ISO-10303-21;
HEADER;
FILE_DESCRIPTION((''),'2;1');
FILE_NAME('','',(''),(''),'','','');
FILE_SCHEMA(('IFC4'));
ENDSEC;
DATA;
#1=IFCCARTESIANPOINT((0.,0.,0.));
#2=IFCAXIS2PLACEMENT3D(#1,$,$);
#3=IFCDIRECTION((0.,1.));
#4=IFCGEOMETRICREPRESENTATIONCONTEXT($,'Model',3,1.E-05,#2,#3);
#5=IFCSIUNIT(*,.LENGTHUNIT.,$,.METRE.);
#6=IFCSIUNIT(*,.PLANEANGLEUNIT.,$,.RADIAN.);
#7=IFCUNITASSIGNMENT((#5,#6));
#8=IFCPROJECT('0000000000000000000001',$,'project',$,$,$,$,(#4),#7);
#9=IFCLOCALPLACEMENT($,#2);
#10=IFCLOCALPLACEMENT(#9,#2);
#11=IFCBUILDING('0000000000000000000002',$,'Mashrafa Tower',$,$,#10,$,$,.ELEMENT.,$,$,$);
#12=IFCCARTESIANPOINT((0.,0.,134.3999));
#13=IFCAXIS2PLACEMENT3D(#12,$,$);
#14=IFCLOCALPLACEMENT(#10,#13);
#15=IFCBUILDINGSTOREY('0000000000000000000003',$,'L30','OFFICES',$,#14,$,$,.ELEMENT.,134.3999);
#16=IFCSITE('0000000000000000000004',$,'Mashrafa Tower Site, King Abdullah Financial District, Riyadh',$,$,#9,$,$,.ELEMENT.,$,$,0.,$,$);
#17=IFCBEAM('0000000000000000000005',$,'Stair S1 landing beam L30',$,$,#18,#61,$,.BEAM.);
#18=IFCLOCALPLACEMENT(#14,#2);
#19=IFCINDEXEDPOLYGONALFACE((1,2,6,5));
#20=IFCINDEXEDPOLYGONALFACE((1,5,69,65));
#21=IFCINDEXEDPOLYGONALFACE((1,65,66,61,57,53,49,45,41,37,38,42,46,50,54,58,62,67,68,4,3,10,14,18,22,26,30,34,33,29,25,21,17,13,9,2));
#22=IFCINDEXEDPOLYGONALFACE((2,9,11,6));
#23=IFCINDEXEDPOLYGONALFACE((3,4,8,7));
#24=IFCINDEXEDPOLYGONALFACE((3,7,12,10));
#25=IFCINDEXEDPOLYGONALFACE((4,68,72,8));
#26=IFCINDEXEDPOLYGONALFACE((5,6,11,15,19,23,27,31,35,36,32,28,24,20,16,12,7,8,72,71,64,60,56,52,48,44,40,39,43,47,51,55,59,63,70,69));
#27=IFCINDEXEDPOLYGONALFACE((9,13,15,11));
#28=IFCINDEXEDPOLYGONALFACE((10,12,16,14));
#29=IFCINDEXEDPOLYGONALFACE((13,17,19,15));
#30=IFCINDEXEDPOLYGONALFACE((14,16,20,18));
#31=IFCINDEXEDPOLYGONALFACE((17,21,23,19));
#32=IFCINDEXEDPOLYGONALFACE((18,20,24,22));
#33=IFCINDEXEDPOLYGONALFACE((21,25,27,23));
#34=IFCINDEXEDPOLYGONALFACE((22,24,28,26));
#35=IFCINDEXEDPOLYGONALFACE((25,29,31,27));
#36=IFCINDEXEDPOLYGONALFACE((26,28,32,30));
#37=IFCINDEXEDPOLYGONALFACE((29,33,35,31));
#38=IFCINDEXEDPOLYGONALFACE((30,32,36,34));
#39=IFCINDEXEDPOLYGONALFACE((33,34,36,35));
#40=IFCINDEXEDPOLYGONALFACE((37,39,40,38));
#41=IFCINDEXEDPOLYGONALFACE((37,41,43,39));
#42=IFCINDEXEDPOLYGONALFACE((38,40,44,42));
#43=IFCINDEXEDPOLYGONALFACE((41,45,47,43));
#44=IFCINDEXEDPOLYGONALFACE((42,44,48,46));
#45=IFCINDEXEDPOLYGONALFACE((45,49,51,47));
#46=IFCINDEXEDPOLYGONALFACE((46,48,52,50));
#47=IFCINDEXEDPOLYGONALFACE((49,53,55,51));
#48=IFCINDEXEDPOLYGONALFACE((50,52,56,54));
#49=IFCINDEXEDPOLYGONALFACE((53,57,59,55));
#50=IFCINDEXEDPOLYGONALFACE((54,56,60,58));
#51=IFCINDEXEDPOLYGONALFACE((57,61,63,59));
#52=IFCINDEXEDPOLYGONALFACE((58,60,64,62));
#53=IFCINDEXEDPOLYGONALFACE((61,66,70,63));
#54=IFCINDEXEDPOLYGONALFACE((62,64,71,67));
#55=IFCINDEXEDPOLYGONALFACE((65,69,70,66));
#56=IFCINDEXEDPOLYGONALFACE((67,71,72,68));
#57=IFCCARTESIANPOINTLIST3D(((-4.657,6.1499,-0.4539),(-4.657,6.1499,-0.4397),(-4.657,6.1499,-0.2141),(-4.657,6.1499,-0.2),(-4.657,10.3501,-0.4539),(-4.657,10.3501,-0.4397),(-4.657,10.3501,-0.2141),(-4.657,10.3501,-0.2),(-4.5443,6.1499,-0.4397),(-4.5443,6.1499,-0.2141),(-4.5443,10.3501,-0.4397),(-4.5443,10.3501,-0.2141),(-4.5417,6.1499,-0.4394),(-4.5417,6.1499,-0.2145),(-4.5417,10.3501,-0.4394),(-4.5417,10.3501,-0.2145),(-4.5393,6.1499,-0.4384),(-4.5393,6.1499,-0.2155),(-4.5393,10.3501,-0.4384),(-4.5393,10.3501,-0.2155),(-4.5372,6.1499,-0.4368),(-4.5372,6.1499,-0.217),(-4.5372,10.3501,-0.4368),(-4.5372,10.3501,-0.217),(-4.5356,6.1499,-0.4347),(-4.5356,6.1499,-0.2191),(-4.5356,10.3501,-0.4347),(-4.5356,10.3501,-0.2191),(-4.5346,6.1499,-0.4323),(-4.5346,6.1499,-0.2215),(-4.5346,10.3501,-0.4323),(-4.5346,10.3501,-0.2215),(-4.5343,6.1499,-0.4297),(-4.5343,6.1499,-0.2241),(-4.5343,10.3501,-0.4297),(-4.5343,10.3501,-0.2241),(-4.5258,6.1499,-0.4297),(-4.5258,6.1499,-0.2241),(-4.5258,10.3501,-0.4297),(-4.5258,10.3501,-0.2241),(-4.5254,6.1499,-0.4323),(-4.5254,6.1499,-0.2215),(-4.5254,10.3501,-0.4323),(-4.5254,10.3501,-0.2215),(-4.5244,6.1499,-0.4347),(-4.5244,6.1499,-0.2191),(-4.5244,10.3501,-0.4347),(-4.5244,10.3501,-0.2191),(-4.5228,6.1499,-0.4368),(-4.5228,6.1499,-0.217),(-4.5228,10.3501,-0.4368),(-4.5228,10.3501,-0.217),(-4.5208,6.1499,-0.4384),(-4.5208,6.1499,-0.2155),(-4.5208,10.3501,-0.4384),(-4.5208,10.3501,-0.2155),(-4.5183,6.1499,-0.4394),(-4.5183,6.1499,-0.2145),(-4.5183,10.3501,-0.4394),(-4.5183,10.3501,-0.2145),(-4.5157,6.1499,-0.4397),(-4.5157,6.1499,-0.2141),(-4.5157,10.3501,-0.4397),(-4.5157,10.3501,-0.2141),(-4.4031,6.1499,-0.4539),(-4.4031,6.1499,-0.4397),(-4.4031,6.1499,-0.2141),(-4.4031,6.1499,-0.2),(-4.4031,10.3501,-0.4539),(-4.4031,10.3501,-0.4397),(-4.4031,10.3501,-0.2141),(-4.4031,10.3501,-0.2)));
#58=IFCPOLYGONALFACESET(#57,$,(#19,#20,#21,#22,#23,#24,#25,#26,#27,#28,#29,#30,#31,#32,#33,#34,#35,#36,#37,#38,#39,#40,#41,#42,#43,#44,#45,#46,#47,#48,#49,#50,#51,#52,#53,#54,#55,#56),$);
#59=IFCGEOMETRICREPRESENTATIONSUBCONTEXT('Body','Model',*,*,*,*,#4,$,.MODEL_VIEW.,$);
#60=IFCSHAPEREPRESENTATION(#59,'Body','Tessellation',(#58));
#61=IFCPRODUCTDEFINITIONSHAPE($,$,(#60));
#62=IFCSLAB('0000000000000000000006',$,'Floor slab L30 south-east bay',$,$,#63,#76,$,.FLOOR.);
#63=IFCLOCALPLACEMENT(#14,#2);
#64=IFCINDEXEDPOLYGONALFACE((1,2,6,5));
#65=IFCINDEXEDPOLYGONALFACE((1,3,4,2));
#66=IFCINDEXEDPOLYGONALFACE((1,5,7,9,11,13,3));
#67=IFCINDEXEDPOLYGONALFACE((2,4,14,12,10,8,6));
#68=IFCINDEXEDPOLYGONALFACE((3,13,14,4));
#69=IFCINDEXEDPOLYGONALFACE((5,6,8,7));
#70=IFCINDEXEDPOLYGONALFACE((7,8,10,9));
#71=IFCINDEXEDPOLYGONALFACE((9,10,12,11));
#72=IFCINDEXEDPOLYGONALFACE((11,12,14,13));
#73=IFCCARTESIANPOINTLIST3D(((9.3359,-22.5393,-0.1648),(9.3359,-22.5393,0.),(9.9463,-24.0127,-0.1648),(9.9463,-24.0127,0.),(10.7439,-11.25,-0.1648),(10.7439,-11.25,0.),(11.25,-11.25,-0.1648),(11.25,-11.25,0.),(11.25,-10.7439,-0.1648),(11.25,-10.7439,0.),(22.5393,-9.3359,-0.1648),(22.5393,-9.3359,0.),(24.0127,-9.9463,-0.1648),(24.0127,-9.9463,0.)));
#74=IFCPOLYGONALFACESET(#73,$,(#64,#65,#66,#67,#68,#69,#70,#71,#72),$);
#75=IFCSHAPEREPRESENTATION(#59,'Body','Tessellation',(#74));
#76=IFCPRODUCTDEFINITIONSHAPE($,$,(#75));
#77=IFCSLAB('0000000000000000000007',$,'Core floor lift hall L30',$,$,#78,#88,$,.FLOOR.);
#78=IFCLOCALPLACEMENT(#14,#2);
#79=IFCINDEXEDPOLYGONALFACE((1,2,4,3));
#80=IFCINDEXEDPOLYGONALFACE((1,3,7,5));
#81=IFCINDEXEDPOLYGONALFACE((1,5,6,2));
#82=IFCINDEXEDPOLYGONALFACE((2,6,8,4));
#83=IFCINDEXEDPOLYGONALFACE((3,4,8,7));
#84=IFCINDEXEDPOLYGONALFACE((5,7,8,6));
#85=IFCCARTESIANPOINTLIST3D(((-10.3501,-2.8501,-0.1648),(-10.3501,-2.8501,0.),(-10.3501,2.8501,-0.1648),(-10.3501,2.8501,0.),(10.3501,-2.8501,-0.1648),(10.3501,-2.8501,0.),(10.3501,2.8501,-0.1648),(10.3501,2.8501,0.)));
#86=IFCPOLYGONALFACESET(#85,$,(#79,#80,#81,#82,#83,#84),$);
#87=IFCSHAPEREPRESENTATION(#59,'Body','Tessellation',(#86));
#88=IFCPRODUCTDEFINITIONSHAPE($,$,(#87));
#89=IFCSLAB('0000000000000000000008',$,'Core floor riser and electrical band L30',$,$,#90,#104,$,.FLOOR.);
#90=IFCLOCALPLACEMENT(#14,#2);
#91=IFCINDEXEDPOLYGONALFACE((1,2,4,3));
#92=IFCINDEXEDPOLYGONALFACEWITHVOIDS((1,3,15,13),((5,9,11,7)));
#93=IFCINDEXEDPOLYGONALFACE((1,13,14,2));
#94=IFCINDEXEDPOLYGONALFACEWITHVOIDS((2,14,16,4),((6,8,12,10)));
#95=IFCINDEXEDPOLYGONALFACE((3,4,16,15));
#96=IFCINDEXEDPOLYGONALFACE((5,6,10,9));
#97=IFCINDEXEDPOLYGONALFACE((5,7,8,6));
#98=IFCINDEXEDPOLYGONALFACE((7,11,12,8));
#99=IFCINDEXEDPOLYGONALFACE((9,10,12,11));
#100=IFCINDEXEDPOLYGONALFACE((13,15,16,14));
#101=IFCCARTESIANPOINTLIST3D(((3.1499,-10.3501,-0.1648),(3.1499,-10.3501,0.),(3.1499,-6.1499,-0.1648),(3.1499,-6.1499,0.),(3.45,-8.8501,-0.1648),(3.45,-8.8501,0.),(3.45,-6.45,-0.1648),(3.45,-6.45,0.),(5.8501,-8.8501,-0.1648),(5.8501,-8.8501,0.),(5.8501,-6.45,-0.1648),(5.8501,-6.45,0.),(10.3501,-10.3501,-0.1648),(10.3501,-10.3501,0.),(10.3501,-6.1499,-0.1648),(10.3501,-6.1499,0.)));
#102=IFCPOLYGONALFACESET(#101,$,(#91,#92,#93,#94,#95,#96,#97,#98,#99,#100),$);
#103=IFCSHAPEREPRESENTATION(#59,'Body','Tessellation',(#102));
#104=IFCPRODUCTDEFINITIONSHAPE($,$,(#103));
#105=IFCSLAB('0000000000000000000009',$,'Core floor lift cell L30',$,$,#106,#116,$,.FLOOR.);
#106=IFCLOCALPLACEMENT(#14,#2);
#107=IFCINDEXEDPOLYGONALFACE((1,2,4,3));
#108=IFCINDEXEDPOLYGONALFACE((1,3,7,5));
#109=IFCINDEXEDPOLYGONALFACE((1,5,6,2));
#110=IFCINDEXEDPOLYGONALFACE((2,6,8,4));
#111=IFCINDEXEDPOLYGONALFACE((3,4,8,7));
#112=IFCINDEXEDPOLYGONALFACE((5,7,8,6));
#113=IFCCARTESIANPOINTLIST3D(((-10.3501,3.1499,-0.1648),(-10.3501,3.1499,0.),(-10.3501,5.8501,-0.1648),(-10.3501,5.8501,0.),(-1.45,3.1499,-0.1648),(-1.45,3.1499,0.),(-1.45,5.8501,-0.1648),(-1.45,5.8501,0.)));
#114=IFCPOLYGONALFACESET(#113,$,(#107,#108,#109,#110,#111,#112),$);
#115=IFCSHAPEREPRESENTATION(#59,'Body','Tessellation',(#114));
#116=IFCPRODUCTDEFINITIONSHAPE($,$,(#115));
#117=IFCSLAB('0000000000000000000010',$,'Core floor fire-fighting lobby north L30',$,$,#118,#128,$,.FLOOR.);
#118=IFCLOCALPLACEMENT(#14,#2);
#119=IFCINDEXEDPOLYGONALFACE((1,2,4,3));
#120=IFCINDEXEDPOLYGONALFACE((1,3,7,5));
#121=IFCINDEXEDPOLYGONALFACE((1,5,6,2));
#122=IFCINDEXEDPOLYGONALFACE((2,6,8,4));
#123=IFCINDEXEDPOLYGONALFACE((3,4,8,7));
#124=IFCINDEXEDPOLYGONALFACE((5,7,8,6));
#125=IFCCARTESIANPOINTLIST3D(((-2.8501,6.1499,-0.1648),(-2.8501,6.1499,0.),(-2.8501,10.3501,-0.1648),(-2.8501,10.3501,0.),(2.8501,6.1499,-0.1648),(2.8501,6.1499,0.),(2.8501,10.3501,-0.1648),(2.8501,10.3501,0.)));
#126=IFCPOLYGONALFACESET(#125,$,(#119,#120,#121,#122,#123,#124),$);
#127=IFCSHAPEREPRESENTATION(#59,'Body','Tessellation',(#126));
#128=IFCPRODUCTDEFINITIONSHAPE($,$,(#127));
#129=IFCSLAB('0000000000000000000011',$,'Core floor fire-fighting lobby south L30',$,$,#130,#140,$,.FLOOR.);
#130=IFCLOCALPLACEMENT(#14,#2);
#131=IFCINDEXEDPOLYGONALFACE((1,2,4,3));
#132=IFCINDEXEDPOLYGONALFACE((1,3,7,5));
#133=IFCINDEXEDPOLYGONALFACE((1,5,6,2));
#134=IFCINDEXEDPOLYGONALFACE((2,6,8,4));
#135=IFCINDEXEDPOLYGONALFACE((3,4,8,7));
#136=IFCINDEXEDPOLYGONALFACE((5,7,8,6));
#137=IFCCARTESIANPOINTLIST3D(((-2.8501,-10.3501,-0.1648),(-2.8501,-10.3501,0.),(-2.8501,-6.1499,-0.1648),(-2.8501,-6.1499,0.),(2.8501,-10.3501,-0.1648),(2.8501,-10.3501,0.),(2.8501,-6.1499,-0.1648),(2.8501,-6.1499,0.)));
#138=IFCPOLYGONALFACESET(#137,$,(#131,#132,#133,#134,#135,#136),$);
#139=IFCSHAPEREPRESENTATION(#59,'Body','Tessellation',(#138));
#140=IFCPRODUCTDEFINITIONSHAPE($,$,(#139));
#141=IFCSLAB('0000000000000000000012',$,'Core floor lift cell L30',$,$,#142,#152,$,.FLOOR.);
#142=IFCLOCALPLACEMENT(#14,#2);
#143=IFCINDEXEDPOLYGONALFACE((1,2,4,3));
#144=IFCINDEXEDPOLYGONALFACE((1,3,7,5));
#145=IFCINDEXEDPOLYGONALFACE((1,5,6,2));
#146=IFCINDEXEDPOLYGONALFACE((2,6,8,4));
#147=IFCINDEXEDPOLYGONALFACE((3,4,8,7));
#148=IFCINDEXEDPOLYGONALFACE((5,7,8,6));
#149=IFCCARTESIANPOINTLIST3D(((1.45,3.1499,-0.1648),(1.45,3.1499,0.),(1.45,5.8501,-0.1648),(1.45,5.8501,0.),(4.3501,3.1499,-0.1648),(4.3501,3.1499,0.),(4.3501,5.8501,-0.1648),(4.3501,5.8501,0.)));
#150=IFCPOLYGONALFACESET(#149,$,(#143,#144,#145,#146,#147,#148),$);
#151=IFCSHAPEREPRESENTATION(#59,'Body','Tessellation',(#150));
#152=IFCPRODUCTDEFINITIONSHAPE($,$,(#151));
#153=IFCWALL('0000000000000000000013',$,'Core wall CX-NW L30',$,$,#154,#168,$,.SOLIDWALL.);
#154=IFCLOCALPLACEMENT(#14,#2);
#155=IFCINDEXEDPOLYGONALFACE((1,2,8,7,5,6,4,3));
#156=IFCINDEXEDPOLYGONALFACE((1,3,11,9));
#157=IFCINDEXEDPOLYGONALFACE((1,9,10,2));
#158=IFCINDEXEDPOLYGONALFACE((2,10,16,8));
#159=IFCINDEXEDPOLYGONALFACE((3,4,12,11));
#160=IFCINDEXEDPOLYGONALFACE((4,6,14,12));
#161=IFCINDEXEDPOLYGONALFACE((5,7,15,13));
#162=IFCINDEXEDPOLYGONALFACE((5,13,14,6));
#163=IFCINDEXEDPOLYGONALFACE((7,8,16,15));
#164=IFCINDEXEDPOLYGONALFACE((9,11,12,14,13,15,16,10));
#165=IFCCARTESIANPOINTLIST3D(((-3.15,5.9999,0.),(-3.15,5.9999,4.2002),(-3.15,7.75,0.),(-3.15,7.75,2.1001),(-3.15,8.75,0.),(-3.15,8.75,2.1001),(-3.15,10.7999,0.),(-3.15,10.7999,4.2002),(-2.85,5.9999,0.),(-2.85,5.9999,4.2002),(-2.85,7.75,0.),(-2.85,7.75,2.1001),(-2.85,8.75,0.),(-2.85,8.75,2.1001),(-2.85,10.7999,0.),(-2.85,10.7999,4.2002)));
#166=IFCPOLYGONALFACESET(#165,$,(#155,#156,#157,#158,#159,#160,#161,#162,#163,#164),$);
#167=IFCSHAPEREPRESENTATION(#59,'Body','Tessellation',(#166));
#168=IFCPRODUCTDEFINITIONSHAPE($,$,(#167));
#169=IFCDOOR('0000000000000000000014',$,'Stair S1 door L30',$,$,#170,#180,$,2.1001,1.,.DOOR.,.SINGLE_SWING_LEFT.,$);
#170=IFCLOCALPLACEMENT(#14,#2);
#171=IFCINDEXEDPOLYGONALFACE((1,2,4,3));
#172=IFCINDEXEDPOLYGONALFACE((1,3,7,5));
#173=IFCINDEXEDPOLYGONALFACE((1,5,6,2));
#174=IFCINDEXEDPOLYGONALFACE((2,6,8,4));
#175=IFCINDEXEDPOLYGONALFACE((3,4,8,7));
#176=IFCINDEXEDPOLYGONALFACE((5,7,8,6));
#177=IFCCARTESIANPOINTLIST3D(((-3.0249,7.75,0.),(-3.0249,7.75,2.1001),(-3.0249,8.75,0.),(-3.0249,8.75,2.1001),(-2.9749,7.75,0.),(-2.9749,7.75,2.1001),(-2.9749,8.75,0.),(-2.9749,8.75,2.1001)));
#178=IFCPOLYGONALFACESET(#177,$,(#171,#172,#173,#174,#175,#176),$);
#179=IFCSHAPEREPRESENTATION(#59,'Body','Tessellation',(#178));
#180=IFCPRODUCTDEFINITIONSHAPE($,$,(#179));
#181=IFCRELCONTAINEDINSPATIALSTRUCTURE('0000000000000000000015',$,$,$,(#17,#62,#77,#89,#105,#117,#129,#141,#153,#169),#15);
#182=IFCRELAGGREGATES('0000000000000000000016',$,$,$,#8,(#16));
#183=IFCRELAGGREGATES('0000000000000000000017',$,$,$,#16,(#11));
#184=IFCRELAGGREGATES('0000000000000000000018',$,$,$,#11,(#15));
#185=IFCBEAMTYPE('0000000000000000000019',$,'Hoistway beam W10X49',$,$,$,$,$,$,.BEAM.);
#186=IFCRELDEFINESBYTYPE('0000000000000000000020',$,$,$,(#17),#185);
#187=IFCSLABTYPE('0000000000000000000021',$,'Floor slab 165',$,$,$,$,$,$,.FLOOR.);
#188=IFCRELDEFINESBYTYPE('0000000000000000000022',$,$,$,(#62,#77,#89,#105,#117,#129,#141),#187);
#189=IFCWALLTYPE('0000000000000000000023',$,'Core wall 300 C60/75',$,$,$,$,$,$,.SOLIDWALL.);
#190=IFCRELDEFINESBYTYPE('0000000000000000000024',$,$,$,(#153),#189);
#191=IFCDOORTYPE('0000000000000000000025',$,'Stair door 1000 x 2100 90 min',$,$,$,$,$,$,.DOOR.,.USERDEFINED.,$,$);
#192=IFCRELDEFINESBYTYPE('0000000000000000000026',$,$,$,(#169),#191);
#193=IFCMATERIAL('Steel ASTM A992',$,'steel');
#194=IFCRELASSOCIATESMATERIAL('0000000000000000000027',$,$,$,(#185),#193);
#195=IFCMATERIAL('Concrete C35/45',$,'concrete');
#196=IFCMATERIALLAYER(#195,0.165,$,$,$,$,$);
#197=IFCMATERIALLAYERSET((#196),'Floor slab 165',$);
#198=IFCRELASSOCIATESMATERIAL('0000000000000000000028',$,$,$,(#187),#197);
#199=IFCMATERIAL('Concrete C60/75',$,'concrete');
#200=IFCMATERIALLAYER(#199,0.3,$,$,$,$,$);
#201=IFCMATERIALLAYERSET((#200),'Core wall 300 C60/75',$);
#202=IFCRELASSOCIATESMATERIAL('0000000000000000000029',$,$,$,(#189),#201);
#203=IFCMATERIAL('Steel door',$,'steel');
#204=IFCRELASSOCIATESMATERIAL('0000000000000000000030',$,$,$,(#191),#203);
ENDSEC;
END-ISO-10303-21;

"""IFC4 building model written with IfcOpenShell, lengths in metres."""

from ifc_helpers import new_model, si_unit, direction, frame, frame_2d, origin, origin_2d, place, context, subcontext, project, spatial, polyline, rectangle, i_section, outline, extrude, material, layer, layer_set, material_profile, profile_set, type_object, element, fill, save


model = new_model("IFC4")

# Units and contexts
model_context = context("Model", 3, precision=1e-05, world=origin(), true_north=direction((0.0, 1.0)))
body_context = subcontext(model_context, "Body", "Model", "MODEL_VIEW")
ifc_project = project(units=[si_unit("LENGTHUNIT", "METRE"), si_unit("PLANEANGLEUNIT", "RADIAN")], contexts=[model_context])

# Site, building, storey
site_placement = place(None, origin())
site = spatial("IfcSite", under=ifc_project, at=site_placement, Name="Mashrafa Tower Site, King Abdullah Financial District, Riyadh", CompositionType="ELEMENT", RefElevation=0.0)
building_placement = place(site_placement, origin())
building = spatial("IfcBuilding", under=site, at=building_placement, Name="Mashrafa Tower", CompositionType="ELEMENT")
storey_placement = place(building_placement, frame((0.0, 0.0, 134.3999)))
storey = spatial("IfcBuildingStorey", under=building, at=storey_placement, Name="L30", Description="OFFICES", CompositionType="ELEMENT", Elevation=134.3999)

# Beam
ifc_material_1 = material(Name="Steel ASTM A992", Category="steel")
ifc_material_profile = material_profile(ifc_material_1, i_section(OverallWidth=0.2539, OverallDepth=0.2539, WebThickness=0.0085, FlangeThickness=0.0142, FilletRadius=0.01, at=origin_2d()), Name="W10X49")
ifc_profile_set = profile_set([ifc_material_profile], Name="Steel ASTM A992")
beam_type = type_object("IfcBeamType", Name="Hoistway beam W10X49", PredefinedType="BEAM", material=ifc_profile_set)
beam_placement = place(storey_placement, frame((-4.53, 6.1499, -0.3269), z_axis=(0.0, 1.0, 0.0), x_axis=(-1.0, 0.0, 0.0)))
element("IfcBeam", 1, at=beam_placement, inside=storey, type_object=beam_type, Name="Stair S1 landing beam L30", PredefinedType="BEAM", context=body_context, shape_type="SweptSolid", body=[
    extrude(i_section(OverallWidth=0.2539, OverallDepth=0.2539, WebThickness=0.0085, FlangeThickness=0.0142, FilletRadius=0.01, at=origin_2d()), origin(), (0.0, 0.0, 1.0), 4.2002),
])

# Slabs
ifc_material_2 = material(Name="Concrete C35/45", Category="concrete")
ifc_layer_1 = layer(ifc_material_2, 0.165)
ifc_layer_set_1 = layer_set([ifc_layer_1], Name="Floor slab 165")
slab_type = type_object("IfcSlabType", Name="Floor slab 165", PredefinedType="FLOOR", material=ifc_layer_set_1)
slab_1_placement = place(storey_placement, frame((0.0, 0.0, -0.1648)))
element("IfcSlab", 2, at=slab_1_placement, inside=storey, type_object=slab_type, Name="Floor slab L30 south-east bay", PredefinedType="FLOOR", context=body_context, shape_type="SweptSolid", body=[
    extrude(outline(polyline([(9.9463, -24.0127), (9.3359, -22.5393), (10.7439, -11.25), (11.25, -11.25), (11.25, -10.7439), (22.5393, -9.3359), (24.0127, -9.9463), (24.0127, -9.9463), (9.9463, -24.0127), (9.9463, -24.0127)])), origin(), (0.0, 0.0, 1.0), 0.1648),
])
slab_2_placement = place(storey_placement, frame((0.0, 0.0, -0.1648)))
element("IfcSlab", 3, at=slab_2_placement, inside=storey, type_object=slab_type, Name="Core floor lift hall L30", PredefinedType="FLOOR", context=body_context, shape_type="SweptSolid", body=[
    extrude(outline(polyline([(-10.3501, 2.8501), (10.3501, 2.8501), (10.3501, -2.8501), (-10.3501, -2.8501), (-10.3501, 2.8501)])), origin(), (0.0, 0.0, 1.0), 0.1648),
])
slab_3_placement = place(storey_placement, frame((0.0, 0.0, -0.1648)))
element("IfcSlab", 4, at=slab_3_placement, inside=storey, type_object=slab_type, Name="Core floor riser and electrical band L30", PredefinedType="FLOOR", context=body_context, shape_type="SweptSolid", body=[
    extrude(outline(polyline([(10.3501, -6.1499), (10.3501, -10.3501), (3.1499, -10.3501), (3.1499, -6.1499), (10.3501, -6.1499)]), holes=[polyline([(3.45, -8.8501), (5.8501, -8.8501), (5.8501, -6.45), (3.45, -6.45), (3.45, -8.8501)])]), origin(), (0.0, 0.0, 1.0), 0.1648),
])
slab_4_placement = place(storey_placement, frame((0.0, 0.0, -0.1648)))
element("IfcSlab", 5, at=slab_4_placement, inside=storey, type_object=slab_type, Name="Core floor lift cell L30", PredefinedType="FLOOR", context=body_context, shape_type="SweptSolid", body=[
    extrude(outline(polyline([(-1.45, 3.1499), (-10.3501, 3.1499), (-10.3501, 5.8501), (-1.45, 5.8501), (-1.45, 3.1499)])), origin(), (0.0, 0.0, 1.0), 0.1648),
])
slab_5_placement = place(storey_placement, frame((0.0, 0.0, -0.1648)))
element("IfcSlab", 6, at=slab_5_placement, inside=storey, type_object=slab_type, Name="Core floor fire-fighting lobby north L30", PredefinedType="FLOOR", context=body_context, shape_type="SweptSolid", body=[
    extrude(outline(polyline([(-2.8501, 10.3501), (2.8501, 10.3501), (2.8501, 6.1499), (-2.8501, 6.1499), (-2.8501, 10.3501)])), origin(), (0.0, 0.0, 1.0), 0.1648),
])
slab_6_placement = place(storey_placement, frame((0.0, 0.0, -0.1648)))
element("IfcSlab", 7, at=slab_6_placement, inside=storey, type_object=slab_type, Name="Core floor fire-fighting lobby south L30", PredefinedType="FLOOR", context=body_context, shape_type="SweptSolid", body=[
    extrude(outline(polyline([(2.8501, -6.1499), (2.8501, -10.3501), (-2.8501, -10.3501), (-2.8501, -6.1499), (2.8501, -6.1499)])), origin(), (0.0, 0.0, 1.0), 0.1648),
])
slab_7_placement = place(storey_placement, frame((0.0, 0.0, -0.1648)))
element("IfcSlab", 8, at=slab_7_placement, inside=storey, type_object=slab_type, Name="Core floor lift cell L30", PredefinedType="FLOOR", context=body_context, shape_type="SweptSolid", body=[
    extrude(outline(polyline([(4.3501, 5.8501), (4.3501, 3.1499), (1.45, 3.1499), (1.45, 5.8501), (4.3501, 5.8501)])), origin(), (0.0, 0.0, 1.0), 0.1648),
])

# Wall, opening, door
ifc_material_3 = material(Name="Concrete C60/75", Category="concrete")
ifc_layer_2 = layer(ifc_material_3, 0.3)
ifc_layer_set_2 = layer_set([ifc_layer_2], Name="Core wall 300 C60/75")
wall_type_1 = type_object("IfcWallType", Name="Core wall 300 C60/75", PredefinedType="SOLIDWALL", material=ifc_layer_set_2)
wall_placement = place(storey_placement, frame((-3.0, 6.0, 0.0), z_axis=(0.0, 0.0, 1.0), x_axis=(0.0, 1.0, 0.0)))
wall = element("IfcWall", 9, at=wall_placement, inside=storey, type_object=wall_type_1, Name="Core wall CX-NW L30", PredefinedType="SOLIDWALL", context=body_context, shape_type="SweptSolid", body=[
    extrude(rectangle(XDim=4.8, YDim=0.3, at=frame_2d((2.3999, 0.0))), origin(), (0.0, 0.0, 1.0), 4.2002),
])
opening_placement = place(wall_placement, frame((1.75, 0.0, 0.0)))
opening = element("IfcOpeningElement", 10, at=opening_placement, cuts=wall, PredefinedType="OPENING", context=body_context, shape_type="SweptSolid", body=[
    extrude(rectangle(XDim=1.0, YDim=2.1001, at=frame_2d((0.5, 1.05))), frame((0.0, 0.1599, 0.0), z_axis=(0.0, -1.0, 0.0), x_axis=(1.0, 0.0, 0.0)), (0.0, 0.0, 1.0), 0.3201),
])
ifc_material_4 = material(Name="Steel door", Category="steel")
door_type = type_object("IfcDoorType", Name="Stair door 1000 x 2100 90 min", OperationType="USERDEFINED", PredefinedType="DOOR", material=ifc_material_4)
door_placement = place(opening_placement, origin())
door = element("IfcDoor", 11, at=door_placement, inside=storey, type_object=door_type, Name="Stair S1 door L30", OperationType="SINGLE_SWING_LEFT", OverallHeight=2.1001, OverallWidth=1.0, PredefinedType="DOOR", context=body_context, shape_type="SweptSolid", body=[
    extrude(rectangle(XDim=1.0, YDim=2.1001, at=frame_2d((0.5, 1.05))), frame((0.0, 0.0249, 0.0), z_axis=(0.0, -1.0, 0.0), x_axis=(1.0, 0.0, 0.0)), (0.0, 0.0, 1.0), 0.05),
])
fill(opening, door)

save(model, "model.ifc")
